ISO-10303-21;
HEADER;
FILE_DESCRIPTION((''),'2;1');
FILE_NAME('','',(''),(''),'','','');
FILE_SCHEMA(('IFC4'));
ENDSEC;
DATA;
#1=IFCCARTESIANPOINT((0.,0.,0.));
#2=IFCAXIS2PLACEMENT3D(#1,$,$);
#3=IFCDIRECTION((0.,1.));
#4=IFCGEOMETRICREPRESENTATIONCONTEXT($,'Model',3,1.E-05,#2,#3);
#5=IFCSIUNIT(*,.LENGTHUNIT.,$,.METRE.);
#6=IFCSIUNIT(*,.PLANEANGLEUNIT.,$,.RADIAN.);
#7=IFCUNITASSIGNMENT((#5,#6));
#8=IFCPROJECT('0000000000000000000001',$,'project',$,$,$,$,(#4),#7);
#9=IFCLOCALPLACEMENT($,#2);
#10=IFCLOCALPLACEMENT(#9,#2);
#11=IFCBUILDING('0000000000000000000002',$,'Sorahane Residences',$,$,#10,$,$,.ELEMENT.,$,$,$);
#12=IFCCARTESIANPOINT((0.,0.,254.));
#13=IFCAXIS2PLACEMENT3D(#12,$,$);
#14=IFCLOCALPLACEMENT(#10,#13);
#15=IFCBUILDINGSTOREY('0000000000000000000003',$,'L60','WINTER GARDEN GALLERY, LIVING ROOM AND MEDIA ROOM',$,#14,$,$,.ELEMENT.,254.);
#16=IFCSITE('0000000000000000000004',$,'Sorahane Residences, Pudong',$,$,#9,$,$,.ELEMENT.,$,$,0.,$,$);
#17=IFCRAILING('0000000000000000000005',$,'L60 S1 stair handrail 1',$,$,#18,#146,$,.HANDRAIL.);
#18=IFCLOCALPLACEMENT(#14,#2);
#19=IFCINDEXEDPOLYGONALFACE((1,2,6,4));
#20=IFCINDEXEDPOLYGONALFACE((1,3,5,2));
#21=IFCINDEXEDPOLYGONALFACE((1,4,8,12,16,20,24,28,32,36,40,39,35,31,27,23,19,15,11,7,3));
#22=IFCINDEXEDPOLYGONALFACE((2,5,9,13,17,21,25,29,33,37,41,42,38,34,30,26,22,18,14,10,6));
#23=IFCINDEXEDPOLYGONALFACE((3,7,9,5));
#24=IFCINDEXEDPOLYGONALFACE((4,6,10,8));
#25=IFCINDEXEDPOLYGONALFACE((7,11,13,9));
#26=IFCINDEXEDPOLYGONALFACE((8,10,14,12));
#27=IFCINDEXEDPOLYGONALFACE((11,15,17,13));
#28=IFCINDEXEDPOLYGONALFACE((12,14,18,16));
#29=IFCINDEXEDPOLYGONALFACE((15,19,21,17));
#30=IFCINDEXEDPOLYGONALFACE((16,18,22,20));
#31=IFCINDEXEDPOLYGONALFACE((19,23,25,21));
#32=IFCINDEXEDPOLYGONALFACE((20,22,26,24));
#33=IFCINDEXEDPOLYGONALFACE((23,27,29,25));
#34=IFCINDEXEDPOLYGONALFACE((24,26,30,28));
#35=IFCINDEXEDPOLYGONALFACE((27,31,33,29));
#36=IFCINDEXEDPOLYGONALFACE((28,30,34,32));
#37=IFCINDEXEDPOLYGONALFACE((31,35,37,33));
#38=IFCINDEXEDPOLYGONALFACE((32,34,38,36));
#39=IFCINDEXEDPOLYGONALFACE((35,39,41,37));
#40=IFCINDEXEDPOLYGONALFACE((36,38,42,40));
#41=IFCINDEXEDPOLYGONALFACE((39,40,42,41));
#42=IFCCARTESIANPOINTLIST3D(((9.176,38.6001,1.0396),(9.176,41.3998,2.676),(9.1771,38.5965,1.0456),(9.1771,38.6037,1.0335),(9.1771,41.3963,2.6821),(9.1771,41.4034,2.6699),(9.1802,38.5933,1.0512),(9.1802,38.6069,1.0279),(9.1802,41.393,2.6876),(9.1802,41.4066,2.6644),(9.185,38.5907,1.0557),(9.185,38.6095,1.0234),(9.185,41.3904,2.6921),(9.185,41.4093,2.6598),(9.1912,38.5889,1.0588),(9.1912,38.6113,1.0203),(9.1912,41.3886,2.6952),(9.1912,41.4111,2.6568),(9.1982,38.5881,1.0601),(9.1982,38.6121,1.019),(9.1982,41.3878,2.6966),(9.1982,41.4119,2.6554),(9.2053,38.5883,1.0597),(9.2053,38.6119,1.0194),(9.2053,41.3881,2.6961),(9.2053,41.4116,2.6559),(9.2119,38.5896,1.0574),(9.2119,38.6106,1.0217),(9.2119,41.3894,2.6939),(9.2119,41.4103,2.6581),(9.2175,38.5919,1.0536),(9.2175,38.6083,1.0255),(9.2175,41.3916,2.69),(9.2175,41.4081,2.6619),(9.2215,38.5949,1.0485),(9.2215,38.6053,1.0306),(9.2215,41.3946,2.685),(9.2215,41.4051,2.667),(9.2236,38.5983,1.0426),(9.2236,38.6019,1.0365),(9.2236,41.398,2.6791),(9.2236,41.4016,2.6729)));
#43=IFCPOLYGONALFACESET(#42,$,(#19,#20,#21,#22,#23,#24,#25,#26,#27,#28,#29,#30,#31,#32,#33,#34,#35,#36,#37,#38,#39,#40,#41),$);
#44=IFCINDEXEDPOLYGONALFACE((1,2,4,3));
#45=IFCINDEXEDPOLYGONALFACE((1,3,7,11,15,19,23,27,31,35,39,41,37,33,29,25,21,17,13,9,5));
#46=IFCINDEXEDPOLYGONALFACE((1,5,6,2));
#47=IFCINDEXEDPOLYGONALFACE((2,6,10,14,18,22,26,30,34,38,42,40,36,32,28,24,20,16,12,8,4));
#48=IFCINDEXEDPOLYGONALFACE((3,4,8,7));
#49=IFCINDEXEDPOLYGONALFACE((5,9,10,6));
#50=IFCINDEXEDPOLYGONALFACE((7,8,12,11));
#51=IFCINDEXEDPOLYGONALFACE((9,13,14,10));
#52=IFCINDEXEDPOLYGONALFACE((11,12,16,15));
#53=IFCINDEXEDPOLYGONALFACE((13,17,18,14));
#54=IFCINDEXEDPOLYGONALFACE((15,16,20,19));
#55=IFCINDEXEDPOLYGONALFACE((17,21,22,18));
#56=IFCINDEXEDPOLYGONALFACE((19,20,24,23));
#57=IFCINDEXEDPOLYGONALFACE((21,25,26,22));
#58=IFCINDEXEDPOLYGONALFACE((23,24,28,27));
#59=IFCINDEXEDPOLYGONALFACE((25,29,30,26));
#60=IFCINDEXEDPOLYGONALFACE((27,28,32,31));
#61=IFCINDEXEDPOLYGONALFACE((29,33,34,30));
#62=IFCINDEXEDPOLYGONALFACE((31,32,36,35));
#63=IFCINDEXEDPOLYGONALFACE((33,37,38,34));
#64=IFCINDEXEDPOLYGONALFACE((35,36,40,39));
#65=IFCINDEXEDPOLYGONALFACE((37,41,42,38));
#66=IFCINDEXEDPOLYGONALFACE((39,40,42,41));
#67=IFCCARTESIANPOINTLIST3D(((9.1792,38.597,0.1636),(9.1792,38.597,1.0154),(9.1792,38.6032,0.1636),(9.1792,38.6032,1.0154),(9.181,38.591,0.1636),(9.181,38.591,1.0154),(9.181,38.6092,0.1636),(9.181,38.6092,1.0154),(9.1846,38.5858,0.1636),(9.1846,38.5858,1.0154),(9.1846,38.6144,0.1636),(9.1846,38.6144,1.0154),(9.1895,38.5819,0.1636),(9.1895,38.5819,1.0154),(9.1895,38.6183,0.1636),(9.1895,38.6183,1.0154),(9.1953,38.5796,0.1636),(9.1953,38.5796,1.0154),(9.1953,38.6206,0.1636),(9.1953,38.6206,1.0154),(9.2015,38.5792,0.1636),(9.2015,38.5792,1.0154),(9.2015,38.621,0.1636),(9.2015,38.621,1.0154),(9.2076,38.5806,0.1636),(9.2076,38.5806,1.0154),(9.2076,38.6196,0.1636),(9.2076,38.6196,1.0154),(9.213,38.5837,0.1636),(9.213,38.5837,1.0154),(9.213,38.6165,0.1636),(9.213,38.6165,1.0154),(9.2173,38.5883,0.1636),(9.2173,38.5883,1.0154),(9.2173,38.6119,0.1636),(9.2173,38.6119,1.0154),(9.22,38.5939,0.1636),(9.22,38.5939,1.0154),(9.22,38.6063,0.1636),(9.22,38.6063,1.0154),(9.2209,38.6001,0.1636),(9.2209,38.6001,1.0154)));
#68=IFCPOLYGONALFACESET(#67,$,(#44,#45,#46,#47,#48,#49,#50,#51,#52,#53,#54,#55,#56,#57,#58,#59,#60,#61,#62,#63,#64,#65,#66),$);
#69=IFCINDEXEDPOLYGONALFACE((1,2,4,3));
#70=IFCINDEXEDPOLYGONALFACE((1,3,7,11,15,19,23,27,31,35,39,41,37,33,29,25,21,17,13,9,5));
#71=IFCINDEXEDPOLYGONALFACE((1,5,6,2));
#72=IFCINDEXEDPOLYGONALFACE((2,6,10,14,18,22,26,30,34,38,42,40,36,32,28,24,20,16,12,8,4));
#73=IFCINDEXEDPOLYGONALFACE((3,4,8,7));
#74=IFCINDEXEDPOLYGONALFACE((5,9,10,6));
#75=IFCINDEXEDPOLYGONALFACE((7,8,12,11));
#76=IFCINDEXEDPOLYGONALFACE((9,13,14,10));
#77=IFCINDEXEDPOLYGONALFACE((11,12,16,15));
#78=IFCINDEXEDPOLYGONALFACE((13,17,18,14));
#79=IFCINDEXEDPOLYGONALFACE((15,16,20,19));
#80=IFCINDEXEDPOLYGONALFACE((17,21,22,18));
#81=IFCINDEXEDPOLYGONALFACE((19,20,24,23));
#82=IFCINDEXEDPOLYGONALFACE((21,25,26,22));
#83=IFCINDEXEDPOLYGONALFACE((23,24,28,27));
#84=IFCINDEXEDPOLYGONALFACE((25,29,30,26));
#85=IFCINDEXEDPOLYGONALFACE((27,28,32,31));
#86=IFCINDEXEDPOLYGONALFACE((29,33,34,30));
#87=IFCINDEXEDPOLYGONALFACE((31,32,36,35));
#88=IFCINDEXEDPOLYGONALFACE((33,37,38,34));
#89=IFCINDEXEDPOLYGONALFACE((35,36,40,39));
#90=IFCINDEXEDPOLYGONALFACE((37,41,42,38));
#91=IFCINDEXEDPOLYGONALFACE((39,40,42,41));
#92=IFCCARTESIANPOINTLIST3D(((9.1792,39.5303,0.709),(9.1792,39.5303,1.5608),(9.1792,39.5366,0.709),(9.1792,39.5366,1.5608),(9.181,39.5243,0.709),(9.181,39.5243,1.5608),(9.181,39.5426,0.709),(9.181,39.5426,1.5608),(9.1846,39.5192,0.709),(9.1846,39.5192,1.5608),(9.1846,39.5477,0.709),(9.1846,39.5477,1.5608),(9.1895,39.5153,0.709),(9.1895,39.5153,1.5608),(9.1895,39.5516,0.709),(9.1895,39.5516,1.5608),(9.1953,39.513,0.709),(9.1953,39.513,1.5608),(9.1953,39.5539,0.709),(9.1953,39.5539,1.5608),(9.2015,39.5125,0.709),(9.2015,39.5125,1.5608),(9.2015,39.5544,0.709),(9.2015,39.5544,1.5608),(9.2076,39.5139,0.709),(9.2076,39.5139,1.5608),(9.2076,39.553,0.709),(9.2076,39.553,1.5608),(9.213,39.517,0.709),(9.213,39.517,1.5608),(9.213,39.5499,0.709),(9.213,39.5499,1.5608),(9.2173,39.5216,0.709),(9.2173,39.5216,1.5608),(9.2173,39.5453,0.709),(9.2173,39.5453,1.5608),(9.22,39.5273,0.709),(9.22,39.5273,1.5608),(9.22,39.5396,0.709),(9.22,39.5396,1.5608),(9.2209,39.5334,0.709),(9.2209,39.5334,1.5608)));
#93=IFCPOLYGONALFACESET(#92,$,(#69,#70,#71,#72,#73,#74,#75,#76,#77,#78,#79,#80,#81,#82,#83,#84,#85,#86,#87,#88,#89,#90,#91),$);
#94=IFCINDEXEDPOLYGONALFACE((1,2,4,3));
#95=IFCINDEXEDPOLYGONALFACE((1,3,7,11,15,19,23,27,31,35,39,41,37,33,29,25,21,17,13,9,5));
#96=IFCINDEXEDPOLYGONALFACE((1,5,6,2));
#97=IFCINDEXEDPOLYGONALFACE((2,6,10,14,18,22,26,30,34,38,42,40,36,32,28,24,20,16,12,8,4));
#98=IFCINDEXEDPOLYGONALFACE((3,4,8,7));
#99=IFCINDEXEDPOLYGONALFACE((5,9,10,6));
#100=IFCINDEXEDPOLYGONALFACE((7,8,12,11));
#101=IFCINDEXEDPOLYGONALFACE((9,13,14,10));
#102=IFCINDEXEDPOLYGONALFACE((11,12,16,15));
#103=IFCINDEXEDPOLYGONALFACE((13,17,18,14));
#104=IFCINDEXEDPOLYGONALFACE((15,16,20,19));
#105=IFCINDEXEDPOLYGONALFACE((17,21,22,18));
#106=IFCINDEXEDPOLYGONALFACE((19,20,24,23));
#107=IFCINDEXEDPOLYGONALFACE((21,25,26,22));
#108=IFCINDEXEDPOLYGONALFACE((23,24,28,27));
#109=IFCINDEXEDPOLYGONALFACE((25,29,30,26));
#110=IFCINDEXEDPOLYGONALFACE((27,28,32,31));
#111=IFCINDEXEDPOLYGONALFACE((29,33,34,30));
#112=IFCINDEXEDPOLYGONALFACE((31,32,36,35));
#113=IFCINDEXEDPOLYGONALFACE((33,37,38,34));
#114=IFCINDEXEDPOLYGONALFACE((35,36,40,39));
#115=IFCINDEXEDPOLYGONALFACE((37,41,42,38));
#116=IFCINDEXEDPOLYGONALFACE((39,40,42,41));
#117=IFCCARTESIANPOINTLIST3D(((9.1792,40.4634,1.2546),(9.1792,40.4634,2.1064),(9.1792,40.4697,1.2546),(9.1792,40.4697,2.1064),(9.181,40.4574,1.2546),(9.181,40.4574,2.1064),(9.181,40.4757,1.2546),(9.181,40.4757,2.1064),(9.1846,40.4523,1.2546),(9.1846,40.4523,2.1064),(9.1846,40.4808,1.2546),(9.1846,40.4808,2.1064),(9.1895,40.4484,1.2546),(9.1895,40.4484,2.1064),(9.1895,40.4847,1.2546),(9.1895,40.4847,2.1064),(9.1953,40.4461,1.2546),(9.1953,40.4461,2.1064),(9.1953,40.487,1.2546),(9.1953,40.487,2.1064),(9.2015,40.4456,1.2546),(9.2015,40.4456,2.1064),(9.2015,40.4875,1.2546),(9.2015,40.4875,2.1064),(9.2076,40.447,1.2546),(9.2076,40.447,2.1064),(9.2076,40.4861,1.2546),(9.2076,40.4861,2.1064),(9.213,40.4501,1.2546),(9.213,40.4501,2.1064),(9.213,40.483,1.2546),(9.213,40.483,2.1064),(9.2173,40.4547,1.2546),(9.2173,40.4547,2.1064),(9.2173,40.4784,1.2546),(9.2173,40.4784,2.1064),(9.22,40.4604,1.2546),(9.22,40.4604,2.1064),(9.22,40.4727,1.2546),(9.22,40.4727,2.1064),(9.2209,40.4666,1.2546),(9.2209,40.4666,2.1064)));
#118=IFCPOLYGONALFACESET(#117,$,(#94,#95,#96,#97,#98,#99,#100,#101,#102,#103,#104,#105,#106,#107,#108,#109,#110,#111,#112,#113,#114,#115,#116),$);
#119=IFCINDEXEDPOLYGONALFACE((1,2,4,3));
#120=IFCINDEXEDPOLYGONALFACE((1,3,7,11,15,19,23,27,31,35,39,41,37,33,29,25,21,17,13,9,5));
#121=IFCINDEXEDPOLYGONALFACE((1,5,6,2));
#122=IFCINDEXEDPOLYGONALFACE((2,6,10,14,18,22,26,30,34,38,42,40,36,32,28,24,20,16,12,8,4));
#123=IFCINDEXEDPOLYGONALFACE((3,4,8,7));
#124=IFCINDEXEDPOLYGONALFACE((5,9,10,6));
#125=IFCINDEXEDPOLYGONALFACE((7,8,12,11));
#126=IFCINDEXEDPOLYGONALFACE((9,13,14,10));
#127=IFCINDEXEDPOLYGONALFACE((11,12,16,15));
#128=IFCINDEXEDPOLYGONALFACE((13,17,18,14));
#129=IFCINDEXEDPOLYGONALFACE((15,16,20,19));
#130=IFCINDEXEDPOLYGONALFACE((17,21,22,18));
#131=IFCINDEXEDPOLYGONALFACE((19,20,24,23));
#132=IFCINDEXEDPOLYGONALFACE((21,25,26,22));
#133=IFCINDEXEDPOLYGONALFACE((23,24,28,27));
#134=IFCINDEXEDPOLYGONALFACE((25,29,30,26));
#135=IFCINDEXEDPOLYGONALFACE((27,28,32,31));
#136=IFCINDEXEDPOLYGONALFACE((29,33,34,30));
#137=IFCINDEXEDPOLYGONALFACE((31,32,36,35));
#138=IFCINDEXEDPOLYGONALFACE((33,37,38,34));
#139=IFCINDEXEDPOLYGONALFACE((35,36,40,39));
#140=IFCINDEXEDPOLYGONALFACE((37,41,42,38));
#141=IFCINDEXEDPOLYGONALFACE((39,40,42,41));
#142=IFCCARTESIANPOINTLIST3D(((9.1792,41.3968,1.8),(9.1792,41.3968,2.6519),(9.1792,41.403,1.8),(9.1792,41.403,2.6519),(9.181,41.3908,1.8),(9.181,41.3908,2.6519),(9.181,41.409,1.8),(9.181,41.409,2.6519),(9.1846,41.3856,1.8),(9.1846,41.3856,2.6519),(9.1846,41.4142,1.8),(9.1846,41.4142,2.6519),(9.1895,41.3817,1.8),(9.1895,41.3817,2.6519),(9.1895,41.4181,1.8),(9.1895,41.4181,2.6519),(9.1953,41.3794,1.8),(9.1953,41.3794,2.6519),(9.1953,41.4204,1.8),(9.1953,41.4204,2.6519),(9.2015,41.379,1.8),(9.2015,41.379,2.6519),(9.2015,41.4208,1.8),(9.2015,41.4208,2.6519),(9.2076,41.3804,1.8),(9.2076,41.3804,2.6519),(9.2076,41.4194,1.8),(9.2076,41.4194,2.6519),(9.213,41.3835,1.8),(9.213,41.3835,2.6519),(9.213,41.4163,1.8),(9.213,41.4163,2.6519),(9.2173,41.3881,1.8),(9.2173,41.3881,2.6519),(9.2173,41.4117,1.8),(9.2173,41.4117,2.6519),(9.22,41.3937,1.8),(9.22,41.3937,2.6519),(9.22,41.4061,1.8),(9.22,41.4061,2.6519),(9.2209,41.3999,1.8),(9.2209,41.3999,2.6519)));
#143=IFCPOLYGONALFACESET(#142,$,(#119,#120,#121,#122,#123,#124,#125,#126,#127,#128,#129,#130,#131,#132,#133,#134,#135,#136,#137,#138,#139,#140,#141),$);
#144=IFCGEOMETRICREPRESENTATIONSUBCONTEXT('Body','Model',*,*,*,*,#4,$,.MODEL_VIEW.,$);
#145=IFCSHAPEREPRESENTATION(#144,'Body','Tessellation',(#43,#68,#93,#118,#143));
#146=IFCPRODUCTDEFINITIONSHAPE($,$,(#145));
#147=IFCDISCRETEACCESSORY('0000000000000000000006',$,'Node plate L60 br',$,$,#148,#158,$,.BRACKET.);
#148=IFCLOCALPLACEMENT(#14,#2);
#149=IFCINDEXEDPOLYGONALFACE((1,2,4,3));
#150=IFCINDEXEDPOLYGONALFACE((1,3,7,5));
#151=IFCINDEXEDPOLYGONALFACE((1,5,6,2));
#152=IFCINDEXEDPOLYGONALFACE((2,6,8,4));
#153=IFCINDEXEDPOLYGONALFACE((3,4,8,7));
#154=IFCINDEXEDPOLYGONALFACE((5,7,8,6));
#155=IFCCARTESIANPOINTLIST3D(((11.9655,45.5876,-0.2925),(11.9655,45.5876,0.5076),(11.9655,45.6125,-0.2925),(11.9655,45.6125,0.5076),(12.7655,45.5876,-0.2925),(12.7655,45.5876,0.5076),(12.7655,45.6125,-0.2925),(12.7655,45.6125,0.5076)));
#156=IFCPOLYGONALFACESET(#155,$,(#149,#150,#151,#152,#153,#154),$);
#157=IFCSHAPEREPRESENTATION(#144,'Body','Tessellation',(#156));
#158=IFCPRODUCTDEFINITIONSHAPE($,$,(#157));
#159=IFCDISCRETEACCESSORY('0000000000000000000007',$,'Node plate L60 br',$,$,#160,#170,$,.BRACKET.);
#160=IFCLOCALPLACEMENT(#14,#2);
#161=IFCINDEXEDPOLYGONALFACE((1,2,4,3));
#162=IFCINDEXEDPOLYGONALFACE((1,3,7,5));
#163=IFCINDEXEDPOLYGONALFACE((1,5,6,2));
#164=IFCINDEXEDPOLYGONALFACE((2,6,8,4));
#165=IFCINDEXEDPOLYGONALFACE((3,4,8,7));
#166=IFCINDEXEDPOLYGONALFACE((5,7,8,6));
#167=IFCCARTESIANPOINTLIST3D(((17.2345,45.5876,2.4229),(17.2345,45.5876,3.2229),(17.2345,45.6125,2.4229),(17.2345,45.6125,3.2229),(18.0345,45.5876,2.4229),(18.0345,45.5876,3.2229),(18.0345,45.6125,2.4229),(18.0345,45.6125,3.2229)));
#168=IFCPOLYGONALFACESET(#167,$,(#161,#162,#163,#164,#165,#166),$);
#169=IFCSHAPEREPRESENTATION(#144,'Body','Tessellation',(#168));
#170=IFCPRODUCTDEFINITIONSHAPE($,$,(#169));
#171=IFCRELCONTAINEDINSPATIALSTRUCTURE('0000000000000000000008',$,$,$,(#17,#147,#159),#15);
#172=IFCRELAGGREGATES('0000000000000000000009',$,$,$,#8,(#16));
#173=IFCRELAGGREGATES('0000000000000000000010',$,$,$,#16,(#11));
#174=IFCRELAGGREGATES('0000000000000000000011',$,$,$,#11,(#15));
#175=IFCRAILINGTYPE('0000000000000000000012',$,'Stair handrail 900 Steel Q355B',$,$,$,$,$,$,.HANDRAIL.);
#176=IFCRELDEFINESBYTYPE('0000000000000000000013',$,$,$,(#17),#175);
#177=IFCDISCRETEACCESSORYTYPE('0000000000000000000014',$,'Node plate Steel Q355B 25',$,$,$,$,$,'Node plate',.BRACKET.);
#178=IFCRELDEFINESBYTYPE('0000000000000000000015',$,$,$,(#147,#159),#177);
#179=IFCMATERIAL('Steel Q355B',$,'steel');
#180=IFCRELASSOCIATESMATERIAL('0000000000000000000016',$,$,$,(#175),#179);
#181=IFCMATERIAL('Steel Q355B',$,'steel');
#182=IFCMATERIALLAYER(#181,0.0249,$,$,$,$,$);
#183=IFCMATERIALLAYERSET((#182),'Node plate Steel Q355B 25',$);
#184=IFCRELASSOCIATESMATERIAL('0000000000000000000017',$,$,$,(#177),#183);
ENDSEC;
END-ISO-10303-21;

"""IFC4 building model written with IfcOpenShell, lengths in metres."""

from ifc_helpers import new_model, si_unit, direction, frame, origin, origin_2d, place, context, subcontext, project, spatial, rectangle, circle, extrude, material, layer, layer_set, type_object, element, save


model = new_model("IFC4")

# Units and contexts
model_context = context("Model", 3, precision=1e-05, world=origin(), true_north=direction((0.0, 1.0)))
body_context = subcontext(model_context, "Body", "Model", "MODEL_VIEW")
ifc_project = project(units=[si_unit("LENGTHUNIT", "METRE"), si_unit("PLANEANGLEUNIT", "RADIAN")], contexts=[model_context])

# Site, building, storey
site_placement = place(None, origin())
site = spatial("IfcSite", under=ifc_project, at=site_placement, Name="Sorahane Residences, Pudong", CompositionType="ELEMENT", RefElevation=0.0)
building_placement = place(site_placement, origin())
building = spatial("IfcBuilding", under=site, at=building_placement, Name="Sorahane Residences", CompositionType="ELEMENT")
storey_placement = place(building_placement, frame((0.0, 0.0, 254.0)))
storey = spatial("IfcBuildingStorey", under=building, at=storey_placement, Name="L60", Description="WINTER GARDEN GALLERY, LIVING ROOM AND MEDIA ROOM", CompositionType="ELEMENT", Elevation=254.0)

# Railing
ifc_material_1 = material(Name="Steel Q355B", Category="steel")
railing_type_1 = type_object("IfcRailingType", Name="Stair handrail 900 Steel Q355B", PredefinedType="HANDRAIL", material=ifc_material_1)
railing_1_placement = place(storey_placement, frame((9.2, 38.6001, 0.1636)))
element("IfcRailing", 1, at=railing_1_placement, inside=storey, type_object=railing_type_1, Name="L60 S1 stair handrail 1", PredefinedType="HANDRAIL", context=body_context, shape_type="SweptSolid", body=[
    extrude(circle(Radius=0.0239, at=origin_2d()), frame((0.0, 0.0, 0.876), z_axis=(0.0, 0.863342, 0.50462), x_axis=(-1.0, 0.0, 0.0)), (0.0, 0.0, 1.0), 3.2429),
    extrude(circle(Radius=0.021, at=origin_2d()), origin(), (0.0, 0.0, 1.0), 0.8518),
    extrude(circle(Radius=0.021, at=origin_2d()), frame((0.0, 0.9333, 0.5454)), (0.0, 0.0, 1.0), 0.8518),
    extrude(circle(Radius=0.021, at=origin_2d()), frame((0.0, 1.8665, 1.0911)), (0.0, 0.0, 1.0), 0.8518),
    extrude(circle(Radius=0.021, at=origin_2d()), frame((0.0, 2.7998, 1.6365)), (0.0, 0.0, 1.0), 0.8518),
])

# Discrete accessories
ifc_material_2 = material(Name="Steel Q355B", Category="steel")
ifc_layer_1 = layer(ifc_material_2, 0.0249)
ifc_layer_set_1 = layer_set([ifc_layer_1], Name="Node plate Steel Q355B 25")
discrete_accessory_type = type_object("IfcDiscreteAccessoryType", Name="Node plate Steel Q355B 25", ElementType="Node plate", PredefinedType="BRACKET", material=ifc_layer_set_1)
for number, where, z_axis, x_axis, name in (
    (2, (12.3655, 45.6001, -0.2925), (0.0, 0.0, 1.0), (1.0, 0.0, 0.0), "Node plate L60 br"),
    (3, (17.6345, 45.6001, 2.4229), (0.0, 0.0, 1.0), (1.0, 0.0, 0.0), "Node plate L60 br"),
):
    element("IfcDiscreteAccessory", number, at=place(storey_placement, frame(where, z_axis=z_axis, x_axis=x_axis)), inside=storey, type_object=discrete_accessory_type, Name=name, PredefinedType="BRACKET", context=body_context, shape_type="SweptSolid", body=[
        extrude(rectangle(XDim=0.8, YDim=0.0249, at=origin_2d()), origin(), (0.0, 0.0, 1.0), 0.8),
    ])

save(model, "model.ifc")
